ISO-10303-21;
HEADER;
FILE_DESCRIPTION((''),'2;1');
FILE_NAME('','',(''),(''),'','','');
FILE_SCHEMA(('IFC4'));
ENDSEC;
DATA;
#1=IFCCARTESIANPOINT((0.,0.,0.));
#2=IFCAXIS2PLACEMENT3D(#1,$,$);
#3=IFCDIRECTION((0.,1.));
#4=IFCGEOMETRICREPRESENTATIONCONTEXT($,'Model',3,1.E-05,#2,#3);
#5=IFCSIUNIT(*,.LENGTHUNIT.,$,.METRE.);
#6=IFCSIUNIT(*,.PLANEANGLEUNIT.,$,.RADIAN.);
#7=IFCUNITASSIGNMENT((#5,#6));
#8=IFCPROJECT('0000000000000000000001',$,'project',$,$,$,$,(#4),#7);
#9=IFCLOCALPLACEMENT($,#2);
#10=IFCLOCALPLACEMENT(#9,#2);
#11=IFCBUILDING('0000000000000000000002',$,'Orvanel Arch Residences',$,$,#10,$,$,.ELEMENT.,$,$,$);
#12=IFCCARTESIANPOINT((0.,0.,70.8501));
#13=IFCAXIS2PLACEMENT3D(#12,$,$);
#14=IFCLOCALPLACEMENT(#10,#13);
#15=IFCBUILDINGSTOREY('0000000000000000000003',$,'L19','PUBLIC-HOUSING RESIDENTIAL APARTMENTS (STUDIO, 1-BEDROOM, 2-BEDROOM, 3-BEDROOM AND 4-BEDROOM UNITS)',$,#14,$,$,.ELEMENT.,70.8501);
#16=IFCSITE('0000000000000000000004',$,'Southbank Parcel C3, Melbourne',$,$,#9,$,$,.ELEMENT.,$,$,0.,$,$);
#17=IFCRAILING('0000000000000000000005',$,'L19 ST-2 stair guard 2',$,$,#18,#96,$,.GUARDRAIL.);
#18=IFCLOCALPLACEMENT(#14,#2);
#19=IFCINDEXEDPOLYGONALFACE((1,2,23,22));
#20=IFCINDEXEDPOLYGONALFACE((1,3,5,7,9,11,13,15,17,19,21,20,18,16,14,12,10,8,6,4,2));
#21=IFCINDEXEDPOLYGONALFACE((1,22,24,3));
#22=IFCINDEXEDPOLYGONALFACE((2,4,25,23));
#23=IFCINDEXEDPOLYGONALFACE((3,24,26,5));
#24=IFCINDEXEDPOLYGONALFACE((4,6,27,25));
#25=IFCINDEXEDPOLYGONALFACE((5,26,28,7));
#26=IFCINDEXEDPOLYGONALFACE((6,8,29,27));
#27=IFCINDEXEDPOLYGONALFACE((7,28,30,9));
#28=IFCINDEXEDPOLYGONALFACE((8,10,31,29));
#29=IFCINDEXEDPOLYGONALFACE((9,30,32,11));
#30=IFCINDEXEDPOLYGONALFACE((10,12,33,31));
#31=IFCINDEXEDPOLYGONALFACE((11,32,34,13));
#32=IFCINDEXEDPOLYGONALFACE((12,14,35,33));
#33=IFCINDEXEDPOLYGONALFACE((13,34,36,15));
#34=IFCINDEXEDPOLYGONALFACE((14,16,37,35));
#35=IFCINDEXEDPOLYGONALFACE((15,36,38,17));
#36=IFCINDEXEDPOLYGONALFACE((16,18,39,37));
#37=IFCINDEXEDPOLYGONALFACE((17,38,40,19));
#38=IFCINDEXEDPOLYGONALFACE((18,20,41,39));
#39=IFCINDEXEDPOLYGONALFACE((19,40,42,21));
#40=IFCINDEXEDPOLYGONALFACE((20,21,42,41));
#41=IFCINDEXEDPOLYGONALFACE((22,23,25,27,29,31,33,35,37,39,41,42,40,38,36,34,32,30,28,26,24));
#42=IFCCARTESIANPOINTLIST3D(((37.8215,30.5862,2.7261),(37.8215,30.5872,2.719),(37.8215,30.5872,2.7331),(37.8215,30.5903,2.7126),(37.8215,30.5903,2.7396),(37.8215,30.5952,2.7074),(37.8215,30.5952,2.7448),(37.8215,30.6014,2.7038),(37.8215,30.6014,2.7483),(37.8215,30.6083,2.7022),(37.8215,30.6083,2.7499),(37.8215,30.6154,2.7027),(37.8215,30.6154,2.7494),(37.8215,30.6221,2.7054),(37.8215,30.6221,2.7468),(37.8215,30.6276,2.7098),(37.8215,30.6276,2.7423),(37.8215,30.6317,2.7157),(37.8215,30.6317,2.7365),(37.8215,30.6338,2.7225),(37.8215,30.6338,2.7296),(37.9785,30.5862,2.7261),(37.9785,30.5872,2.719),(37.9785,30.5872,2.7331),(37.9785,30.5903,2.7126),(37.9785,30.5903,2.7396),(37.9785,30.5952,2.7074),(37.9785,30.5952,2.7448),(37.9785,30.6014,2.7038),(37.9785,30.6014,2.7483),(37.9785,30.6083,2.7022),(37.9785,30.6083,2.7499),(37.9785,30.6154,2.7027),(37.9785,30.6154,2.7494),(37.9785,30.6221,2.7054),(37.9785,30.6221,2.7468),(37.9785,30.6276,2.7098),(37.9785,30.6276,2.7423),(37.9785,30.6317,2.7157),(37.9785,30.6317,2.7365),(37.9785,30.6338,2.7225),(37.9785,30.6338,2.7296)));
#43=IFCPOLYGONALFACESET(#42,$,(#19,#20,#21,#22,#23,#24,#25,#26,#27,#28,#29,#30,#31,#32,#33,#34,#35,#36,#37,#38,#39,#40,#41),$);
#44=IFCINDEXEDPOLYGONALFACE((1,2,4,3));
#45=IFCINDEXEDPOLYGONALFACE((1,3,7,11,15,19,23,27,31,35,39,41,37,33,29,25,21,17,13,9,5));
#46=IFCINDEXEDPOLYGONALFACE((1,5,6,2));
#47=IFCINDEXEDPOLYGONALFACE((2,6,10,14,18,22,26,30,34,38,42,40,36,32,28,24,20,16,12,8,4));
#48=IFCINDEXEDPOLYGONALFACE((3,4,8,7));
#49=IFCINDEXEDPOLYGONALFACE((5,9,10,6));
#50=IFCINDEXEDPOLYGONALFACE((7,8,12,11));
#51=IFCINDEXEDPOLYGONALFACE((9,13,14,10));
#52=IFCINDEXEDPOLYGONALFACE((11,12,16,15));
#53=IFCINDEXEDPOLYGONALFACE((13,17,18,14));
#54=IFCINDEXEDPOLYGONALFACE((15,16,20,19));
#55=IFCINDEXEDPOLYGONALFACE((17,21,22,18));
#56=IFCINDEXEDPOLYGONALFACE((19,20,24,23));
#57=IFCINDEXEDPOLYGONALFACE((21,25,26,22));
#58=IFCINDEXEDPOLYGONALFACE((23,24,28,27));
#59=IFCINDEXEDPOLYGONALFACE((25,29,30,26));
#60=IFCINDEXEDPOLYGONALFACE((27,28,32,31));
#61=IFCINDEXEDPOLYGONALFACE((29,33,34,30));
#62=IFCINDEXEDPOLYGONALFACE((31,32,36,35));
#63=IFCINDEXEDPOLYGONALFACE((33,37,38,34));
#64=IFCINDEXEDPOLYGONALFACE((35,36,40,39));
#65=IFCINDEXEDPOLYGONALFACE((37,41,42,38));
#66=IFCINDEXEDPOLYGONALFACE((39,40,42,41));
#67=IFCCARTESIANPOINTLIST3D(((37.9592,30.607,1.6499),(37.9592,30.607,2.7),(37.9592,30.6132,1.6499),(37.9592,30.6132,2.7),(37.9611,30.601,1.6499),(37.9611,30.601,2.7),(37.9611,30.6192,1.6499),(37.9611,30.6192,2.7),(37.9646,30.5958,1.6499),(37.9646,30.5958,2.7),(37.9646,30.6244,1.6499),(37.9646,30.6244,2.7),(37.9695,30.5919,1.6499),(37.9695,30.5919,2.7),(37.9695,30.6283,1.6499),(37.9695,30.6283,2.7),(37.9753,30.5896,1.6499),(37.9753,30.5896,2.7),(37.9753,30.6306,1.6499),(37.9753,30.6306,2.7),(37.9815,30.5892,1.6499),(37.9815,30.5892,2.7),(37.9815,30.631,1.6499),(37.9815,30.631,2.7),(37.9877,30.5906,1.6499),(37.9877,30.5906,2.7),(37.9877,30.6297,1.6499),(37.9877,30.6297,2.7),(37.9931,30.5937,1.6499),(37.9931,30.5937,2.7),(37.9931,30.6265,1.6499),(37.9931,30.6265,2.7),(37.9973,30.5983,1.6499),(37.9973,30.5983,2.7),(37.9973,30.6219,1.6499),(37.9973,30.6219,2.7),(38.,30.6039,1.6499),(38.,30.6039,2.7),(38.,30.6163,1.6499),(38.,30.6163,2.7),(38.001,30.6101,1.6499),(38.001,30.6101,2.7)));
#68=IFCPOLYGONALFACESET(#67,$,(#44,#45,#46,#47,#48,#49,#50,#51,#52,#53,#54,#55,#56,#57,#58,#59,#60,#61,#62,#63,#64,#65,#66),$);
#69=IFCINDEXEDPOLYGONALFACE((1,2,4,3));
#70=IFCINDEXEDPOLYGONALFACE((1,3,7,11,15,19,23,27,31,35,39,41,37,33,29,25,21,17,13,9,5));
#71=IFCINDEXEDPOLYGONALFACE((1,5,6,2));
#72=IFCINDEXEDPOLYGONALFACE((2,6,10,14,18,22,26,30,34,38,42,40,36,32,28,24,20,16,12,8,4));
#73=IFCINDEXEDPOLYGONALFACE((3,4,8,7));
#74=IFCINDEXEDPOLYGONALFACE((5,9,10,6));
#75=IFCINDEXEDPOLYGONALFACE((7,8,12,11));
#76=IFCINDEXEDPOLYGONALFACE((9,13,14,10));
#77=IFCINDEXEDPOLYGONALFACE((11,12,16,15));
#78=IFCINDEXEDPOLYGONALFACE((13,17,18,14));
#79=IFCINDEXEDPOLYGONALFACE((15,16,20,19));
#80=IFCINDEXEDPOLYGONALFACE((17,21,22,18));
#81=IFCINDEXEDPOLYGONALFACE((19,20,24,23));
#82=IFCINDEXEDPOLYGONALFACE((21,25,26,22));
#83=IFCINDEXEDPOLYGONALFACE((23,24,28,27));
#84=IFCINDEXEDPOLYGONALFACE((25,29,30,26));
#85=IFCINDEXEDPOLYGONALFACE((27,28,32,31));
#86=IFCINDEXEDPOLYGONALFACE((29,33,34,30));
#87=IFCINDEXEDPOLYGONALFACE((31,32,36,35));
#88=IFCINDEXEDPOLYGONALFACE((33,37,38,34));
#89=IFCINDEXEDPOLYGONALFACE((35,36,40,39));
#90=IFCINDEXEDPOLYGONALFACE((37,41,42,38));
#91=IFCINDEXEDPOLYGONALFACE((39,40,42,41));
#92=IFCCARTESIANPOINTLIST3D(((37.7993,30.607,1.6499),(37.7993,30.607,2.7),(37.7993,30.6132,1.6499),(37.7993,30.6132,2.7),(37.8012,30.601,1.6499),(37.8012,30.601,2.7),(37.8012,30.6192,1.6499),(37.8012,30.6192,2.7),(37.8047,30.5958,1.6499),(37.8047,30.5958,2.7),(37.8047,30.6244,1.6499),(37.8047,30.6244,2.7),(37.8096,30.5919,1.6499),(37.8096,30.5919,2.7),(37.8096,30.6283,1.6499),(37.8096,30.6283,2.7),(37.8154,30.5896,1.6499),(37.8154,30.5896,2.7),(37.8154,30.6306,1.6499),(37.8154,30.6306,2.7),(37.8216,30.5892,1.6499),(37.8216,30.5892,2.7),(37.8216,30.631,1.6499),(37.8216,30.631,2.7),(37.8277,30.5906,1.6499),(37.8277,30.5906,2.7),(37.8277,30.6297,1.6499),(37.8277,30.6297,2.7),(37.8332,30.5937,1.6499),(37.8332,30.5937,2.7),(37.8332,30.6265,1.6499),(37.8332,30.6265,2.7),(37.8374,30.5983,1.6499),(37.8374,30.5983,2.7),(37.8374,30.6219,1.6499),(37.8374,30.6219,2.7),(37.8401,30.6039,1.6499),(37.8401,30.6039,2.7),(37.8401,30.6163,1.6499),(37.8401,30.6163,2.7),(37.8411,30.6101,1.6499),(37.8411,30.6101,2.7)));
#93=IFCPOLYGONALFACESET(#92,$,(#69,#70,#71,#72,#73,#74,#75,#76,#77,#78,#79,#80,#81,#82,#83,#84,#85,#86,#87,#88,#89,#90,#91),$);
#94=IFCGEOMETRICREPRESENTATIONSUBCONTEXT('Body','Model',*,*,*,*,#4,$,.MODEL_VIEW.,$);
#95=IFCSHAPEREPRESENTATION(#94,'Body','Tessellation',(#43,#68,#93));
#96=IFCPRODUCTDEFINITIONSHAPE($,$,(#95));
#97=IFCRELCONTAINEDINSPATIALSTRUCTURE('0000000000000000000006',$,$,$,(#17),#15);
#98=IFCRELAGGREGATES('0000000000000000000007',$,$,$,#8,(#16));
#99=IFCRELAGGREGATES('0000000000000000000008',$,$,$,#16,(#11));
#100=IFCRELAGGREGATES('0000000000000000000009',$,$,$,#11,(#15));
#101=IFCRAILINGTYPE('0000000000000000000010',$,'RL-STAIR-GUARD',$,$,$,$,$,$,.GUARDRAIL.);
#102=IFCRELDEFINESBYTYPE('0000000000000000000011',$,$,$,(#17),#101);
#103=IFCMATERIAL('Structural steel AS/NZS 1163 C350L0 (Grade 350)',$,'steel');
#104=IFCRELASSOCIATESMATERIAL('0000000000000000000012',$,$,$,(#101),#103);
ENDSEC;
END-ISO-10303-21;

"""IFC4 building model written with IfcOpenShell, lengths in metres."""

from ifc_helpers import new_model, si_unit, direction, frame, origin, origin_2d, place, context, subcontext, project, spatial, circle, extrude, material, type_object, element, save


model = new_model("IFC4")

# Units and contexts
model_context = context("Model", 3, precision=1e-05, world=origin(), true_north=direction((0.0, 1.0)))
body_context = subcontext(model_context, "Body", "Model", "MODEL_VIEW")
ifc_project = project(units=[si_unit("LENGTHUNIT", "METRE"), si_unit("PLANEANGLEUNIT", "RADIAN")], contexts=[model_context])

# Site, building, storey
site_placement = place(None, origin())
site = spatial("IfcSite", under=ifc_project, at=site_placement, Name="Southbank Parcel C3, Melbourne", CompositionType="ELEMENT", RefElevation=0.0)
building_placement = place(site_placement, origin())
building = spatial("IfcBuilding", under=site, at=building_placement, Name="Orvanel Arch Residences", CompositionType="ELEMENT")
storey_placement = place(building_placement, frame((0.0, 0.0, 70.8501)))
storey = spatial("IfcBuildingStorey", under=building, at=storey_placement, Name="L19", Description="PUBLIC-HOUSING RESIDENTIAL APARTMENTS (STUDIO, 1-BEDROOM, 2-BEDROOM, 3-BEDROOM AND 4-BEDROOM UNITS)", CompositionType="ELEMENT", Elevation=70.8501)

# Railing
ifc_material_1 = material(Name="Structural steel AS/NZS 1163 C350L0 (Grade 350)", Category="steel")
railing_type_1 = type_object("IfcRailingType", Name="RL-STAIR-GUARD", PredefinedType="GUARDRAIL", material=ifc_material_1)
railing_1_placement = place(storey_placement, frame((37.98, 30.6101, 1.6499)))
element("IfcRailing", 1, at=railing_1_placement, inside=storey, type_object=railing_type_1, Name="L19 ST-2 stair guard 2", PredefinedType="GUARDRAIL", context=body_context, shape_type="SweptSolid", body=[
    extrude(circle(Radius=0.0239, at=origin_2d()), frame((-0.0015, 0.0, 1.0762), z_axis=(-1.0, 0.0, 0.0), x_axis=(0.0, -1.0, 0.0)), (0.0, 0.0, 1.0), 0.157),
    extrude(circle(Radius=0.021, at=origin_2d()), origin(), (0.0, 0.0, 1.0), 1.05),
    extrude(circle(Radius=0.021, at=origin_2d()), frame((-0.1599, 0.0, 0.0)), (0.0, 0.0, 1.0), 1.05),
])

save(model, "model.ifc")
